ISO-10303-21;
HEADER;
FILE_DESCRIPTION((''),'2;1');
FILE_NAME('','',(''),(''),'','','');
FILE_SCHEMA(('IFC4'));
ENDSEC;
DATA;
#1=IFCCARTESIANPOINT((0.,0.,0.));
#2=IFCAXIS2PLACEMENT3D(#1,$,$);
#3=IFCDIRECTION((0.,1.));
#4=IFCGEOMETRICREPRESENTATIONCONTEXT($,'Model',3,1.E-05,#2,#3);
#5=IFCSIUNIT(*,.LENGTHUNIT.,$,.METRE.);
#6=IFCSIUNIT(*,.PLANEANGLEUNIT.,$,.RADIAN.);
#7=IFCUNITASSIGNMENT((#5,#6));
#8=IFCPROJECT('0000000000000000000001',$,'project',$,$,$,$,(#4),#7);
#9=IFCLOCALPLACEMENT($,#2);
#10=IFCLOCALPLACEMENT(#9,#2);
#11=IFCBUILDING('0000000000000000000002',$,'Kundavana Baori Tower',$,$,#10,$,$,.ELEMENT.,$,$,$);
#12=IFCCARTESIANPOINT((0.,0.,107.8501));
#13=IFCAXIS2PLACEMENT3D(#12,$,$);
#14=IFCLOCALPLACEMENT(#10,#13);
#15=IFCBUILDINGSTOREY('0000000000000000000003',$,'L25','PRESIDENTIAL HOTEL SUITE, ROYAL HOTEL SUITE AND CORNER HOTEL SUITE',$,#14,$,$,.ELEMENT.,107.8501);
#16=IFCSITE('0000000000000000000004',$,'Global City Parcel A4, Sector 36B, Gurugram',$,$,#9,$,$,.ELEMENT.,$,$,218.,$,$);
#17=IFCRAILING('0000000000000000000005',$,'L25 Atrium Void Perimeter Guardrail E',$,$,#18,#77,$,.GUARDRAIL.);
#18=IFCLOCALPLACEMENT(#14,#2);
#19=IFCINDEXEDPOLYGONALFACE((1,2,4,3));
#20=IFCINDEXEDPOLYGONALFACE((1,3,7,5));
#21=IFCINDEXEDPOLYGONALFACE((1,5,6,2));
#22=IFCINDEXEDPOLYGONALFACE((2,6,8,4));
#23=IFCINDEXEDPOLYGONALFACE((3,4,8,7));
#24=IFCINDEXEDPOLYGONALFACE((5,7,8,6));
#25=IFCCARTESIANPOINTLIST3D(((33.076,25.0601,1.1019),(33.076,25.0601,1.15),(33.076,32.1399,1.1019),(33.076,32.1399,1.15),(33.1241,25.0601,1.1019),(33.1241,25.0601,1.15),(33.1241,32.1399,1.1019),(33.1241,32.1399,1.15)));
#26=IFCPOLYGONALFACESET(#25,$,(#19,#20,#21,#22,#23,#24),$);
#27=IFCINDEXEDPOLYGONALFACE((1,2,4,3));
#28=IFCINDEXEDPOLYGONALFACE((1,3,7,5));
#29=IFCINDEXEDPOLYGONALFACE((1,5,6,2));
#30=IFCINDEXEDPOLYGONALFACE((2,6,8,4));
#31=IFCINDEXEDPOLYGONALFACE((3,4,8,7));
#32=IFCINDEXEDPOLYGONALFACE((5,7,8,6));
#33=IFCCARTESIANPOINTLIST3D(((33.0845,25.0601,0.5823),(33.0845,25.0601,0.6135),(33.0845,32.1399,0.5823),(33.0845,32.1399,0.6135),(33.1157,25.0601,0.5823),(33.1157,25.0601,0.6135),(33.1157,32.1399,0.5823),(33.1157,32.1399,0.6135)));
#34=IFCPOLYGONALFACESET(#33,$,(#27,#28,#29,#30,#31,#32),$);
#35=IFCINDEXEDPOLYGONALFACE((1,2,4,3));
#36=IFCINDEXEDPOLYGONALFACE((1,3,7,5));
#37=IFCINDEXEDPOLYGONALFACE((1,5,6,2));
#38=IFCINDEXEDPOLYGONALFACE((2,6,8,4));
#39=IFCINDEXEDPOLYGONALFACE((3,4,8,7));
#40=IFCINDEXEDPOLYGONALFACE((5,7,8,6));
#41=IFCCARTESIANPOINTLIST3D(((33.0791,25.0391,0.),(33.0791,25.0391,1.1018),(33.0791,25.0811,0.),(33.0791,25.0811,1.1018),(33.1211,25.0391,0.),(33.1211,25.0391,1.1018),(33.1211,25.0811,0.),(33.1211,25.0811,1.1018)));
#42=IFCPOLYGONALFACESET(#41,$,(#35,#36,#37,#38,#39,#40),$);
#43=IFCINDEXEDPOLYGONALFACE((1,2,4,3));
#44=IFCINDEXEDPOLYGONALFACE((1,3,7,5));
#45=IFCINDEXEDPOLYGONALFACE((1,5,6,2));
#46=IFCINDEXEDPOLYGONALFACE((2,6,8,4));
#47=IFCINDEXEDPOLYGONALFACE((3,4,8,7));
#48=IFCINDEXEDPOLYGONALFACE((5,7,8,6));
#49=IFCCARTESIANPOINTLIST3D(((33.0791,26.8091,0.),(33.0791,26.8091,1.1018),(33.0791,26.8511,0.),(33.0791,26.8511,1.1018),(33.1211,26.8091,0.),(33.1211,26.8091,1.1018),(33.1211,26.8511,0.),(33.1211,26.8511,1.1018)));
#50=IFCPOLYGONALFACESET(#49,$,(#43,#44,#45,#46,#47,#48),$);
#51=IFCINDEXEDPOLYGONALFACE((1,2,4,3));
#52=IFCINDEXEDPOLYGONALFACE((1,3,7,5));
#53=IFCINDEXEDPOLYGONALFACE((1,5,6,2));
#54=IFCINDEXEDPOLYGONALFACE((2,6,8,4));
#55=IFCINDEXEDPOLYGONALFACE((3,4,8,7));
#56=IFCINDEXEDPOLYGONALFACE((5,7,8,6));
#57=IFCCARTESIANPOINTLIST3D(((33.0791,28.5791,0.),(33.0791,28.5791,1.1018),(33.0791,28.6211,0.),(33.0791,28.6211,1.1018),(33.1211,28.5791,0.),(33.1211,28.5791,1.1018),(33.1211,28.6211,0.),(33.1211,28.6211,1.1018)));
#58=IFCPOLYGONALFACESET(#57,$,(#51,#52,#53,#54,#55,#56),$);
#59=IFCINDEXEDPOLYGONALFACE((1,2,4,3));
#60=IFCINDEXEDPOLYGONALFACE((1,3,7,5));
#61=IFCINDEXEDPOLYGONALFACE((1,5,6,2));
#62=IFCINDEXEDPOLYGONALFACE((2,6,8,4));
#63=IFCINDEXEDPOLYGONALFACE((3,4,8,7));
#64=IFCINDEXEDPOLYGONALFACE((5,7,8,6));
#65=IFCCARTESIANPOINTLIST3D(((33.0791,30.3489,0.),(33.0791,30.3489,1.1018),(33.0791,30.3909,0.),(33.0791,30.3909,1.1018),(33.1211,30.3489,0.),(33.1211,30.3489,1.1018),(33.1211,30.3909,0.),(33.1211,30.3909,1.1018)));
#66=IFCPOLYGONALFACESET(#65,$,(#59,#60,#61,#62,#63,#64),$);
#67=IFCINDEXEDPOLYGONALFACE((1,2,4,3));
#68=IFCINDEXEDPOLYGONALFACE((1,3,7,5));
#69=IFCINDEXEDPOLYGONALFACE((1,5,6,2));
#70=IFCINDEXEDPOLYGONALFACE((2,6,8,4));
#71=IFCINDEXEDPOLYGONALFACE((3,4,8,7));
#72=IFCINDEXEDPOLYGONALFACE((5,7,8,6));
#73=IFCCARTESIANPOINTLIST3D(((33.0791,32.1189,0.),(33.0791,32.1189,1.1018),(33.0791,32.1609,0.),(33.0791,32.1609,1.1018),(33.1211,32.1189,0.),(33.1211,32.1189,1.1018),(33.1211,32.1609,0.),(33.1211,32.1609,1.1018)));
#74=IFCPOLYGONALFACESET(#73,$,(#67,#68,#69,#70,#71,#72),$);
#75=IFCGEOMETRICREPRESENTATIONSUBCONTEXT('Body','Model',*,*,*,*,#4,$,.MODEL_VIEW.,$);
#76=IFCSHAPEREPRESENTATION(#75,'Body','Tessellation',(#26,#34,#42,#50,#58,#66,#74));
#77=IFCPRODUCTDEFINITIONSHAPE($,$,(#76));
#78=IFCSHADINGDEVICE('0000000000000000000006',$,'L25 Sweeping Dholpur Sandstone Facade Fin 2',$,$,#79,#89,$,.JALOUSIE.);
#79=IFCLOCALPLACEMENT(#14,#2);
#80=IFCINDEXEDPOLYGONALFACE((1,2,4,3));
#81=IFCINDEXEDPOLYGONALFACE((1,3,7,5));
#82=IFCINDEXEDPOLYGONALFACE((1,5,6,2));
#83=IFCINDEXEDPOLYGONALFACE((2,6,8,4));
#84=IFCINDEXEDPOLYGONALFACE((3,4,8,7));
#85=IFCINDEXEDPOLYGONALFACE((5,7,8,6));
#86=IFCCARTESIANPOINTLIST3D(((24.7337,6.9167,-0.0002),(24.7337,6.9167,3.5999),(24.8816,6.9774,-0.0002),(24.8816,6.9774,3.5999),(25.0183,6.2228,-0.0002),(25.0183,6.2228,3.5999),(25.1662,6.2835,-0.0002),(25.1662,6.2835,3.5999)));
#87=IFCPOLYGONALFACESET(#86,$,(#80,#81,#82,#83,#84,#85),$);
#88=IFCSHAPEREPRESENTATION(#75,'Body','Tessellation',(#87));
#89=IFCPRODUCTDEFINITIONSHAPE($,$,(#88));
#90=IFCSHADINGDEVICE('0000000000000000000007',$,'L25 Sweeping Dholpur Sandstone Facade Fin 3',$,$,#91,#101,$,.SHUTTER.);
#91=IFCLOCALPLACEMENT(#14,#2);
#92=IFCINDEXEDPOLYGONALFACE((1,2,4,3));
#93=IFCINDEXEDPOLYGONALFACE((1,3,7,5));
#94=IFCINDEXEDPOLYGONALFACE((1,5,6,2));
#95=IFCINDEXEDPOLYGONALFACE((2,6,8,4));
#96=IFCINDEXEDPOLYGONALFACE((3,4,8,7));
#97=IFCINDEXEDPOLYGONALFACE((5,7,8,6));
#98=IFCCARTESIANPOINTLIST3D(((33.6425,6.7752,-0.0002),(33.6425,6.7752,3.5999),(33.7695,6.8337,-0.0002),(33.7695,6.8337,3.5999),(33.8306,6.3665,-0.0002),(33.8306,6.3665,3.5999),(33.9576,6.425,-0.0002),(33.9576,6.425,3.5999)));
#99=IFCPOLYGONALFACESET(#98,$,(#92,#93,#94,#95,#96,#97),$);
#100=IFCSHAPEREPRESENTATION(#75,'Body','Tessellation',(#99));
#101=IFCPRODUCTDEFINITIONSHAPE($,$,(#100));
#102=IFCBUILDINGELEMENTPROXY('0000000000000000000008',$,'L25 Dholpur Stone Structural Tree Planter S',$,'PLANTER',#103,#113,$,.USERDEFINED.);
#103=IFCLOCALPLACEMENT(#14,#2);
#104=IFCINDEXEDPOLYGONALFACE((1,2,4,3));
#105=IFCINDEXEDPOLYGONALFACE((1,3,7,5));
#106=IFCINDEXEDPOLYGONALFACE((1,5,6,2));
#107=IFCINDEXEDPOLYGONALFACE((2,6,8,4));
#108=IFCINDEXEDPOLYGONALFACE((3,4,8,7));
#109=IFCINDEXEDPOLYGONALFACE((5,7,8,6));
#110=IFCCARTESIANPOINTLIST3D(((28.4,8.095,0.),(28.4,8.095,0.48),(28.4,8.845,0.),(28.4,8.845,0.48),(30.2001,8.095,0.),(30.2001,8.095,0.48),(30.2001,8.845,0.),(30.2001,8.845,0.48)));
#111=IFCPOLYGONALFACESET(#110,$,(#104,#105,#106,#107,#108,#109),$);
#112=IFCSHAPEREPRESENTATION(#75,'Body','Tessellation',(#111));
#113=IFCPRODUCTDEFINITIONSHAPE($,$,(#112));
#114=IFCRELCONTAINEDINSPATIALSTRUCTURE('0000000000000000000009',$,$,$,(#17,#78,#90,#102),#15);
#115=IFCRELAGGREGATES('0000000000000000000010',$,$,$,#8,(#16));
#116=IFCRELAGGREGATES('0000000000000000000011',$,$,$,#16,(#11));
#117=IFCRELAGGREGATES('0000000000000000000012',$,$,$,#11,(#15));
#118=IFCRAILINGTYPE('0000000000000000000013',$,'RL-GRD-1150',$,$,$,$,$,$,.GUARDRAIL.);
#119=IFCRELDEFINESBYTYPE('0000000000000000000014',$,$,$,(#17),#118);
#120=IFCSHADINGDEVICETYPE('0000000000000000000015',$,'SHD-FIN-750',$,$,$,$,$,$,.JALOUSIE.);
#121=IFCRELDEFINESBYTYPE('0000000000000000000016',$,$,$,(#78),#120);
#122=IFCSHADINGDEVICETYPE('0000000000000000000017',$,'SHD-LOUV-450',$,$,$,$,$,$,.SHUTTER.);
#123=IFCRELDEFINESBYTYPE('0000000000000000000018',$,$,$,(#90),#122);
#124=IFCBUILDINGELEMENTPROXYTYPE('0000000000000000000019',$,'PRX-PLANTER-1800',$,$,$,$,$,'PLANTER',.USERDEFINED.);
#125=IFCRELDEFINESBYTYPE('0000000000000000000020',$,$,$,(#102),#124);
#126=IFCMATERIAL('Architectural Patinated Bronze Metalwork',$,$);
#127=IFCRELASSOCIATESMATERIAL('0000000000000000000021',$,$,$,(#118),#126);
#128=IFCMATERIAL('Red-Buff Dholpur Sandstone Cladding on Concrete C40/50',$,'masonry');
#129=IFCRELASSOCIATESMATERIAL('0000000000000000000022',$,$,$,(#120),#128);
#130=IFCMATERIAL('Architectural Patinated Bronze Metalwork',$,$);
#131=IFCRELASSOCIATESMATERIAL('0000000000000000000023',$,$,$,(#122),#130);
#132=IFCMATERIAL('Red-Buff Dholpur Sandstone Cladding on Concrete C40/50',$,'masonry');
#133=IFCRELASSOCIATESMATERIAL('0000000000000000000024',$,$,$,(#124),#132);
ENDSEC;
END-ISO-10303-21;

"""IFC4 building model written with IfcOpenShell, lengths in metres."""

from ifc_helpers import new_model, si_unit, direction, frame, origin, origin_2d, place, context, subcontext, project, spatial, rectangle, extrude, material, type_object, element, save


model = new_model("IFC4")

# Units and contexts
model_context = context("Model", 3, precision=1e-05, world=origin(), true_north=direction((0.0, 1.0)))
body_context = subcontext(model_context, "Body", "Model", "MODEL_VIEW")
ifc_project = project(units=[si_unit("LENGTHUNIT", "METRE"), si_unit("PLANEANGLEUNIT", "RADIAN")], contexts=[model_context])

# Site, building, storey
site_placement = place(None, origin())
site = spatial("IfcSite", under=ifc_project, at=site_placement, Name="Global City Parcel A4, Sector 36B, Gurugram", CompositionType="ELEMENT", RefElevation=218.0)
building_placement = place(site_placement, origin())
building = spatial("IfcBuilding", under=site, at=building_placement, Name="Kundavana Baori Tower", CompositionType="ELEMENT")
storey_placement = place(building_placement, frame((0.0, 0.0, 107.8501)))
storey = spatial("IfcBuildingStorey", under=building, at=storey_placement, Name="L25", Description="PRESIDENTIAL HOTEL SUITE, ROYAL HOTEL SUITE AND CORNER HOTEL SUITE", CompositionType="ELEMENT", Elevation=107.8501)

# Railing
ifc_material_1 = material(Name="Architectural Patinated Bronze Metalwork")
railing_type = type_object("IfcRailingType", Name="RL-GRD-1150", PredefinedType="GUARDRAIL", material=ifc_material_1)
railing_1_placement = place(storey_placement, frame((33.1001, 25.0601, 0.0)))
element("IfcRailing", 1, at=railing_1_placement, inside=storey, type_object=railing_type, Name="L25 Atrium Void Perimeter Guardrail E", PredefinedType="GUARDRAIL", context=body_context, shape_type="SweptSolid", body=[
    extrude(rectangle(XDim=0.0481, YDim=0.0481, at=origin_2d()), frame((0.0, 0.0, 1.126), z_axis=(0.0, 1.0, 0.0), x_axis=(-1.0, 0.0, 0.0)), (0.0, 0.0, 1.0), 7.0798),
    extrude(rectangle(XDim=0.0312, YDim=0.0312, at=origin_2d()), frame((0.0, 0.0, 0.5979), z_axis=(0.0, 1.0, 0.0), x_axis=(-1.0, 0.0, 0.0)), (0.0, 0.0, 1.0), 7.0798),
    extrude(rectangle(XDim=0.042, YDim=0.042, at=origin_2d()), origin(), (0.0, 0.0, 1.0), 1.1018),
    extrude(rectangle(XDim=0.042, YDim=0.042, at=origin_2d()), frame((0.0, 1.77, 0.0)), (0.0, 0.0, 1.0), 1.1018),
    extrude(rectangle(XDim=0.042, YDim=0.042, at=origin_2d()), frame((0.0, 3.54, 0.0)), (0.0, 0.0, 1.0), 1.1018),
    extrude(rectangle(XDim=0.042, YDim=0.042, at=origin_2d()), frame((0.0, 5.3098, 0.0)), (0.0, 0.0, 1.0), 1.1018),
    extrude(rectangle(XDim=0.042, YDim=0.042, at=origin_2d()), frame((0.0, 7.0798, 0.0)), (0.0, 0.0, 1.0), 1.1018),
])

# Shading devices
ifc_material_2 = material(Name="Red-Buff Dholpur Sandstone Cladding on Concrete C40/50", Category="masonry")
shading_device_type_1 = type_object("IfcShadingDeviceType", Name="SHD-FIN-750", PredefinedType="JALOUSIE", material=ifc_material_2)
shading_device_1_placement = place(storey_placement, frame((24.95, 6.6001, -0.0002), z_axis=(0.0, 0.0, 1.0), x_axis=(0.92521, 0.379456, 0.0)))
element("IfcShadingDevice", 2, at=shading_device_1_placement, inside=storey, type_object=shading_device_type_1, Name="L25 Sweeping Dholpur Sandstone Facade Fin 2", PredefinedType="JALOUSIE", context=body_context, shape_type="SweptSolid", body=[
    extrude(rectangle(XDim=0.1599, YDim=0.75, at=origin_2d()), origin(), (0.0, 0.0, 1.0), 3.6001),
])
ifc_material_3 = material(Name="Architectural Patinated Bronze Metalwork")
shading_device_type_2 = type_object("IfcShadingDeviceType", Name="SHD-LOUV-450", PredefinedType="SHUTTER", material=ifc_material_3)
shading_device_2_placement = place(storey_placement, frame((33.8, 6.6001, -0.0002), z_axis=(0.0, 0.0, 1.0), x_axis=(0.908435, 0.418026, 0.0)))
element("IfcShadingDevice", 3, at=shading_device_2_placement, inside=storey, type_object=shading_device_type_2, Name="L25 Sweeping Dholpur Sandstone Facade Fin 3", PredefinedType="SHUTTER", context=body_context, shape_type="SweptSolid", body=[
    extrude(rectangle(XDim=0.1399, YDim=0.45, at=origin_2d()), origin(), (0.0, 0.0, 1.0), 3.6001),
])

# Building element proxy
ifc_material_4 = material(Name="Red-Buff Dholpur Sandstone Cladding on Concrete C40/50", Category="masonry")
building_element_proxy_type = type_object("IfcBuildingElementProxyType", Name="PRX-PLANTER-1800", ElementType="PLANTER", PredefinedType="USERDEFINED", material=ifc_material_4)
proxy_placement = place(storey_placement, frame((29.3, 8.47, 0.0), z_axis=(0.0, 0.0, 1.0), x_axis=(1.0, 0.0, 0.0)))
element("IfcBuildingElementProxy", 4, at=proxy_placement, inside=storey, type_object=building_element_proxy_type, Name="L25 Dholpur Stone Structural Tree Planter S", ObjectType="PLANTER", PredefinedType="USERDEFINED", context=body_context, shape_type="SweptSolid", body=[
    extrude(rectangle(XDim=1.8, YDim=0.75, at=origin_2d()), origin(), (0.0, 0.0, 1.0), 0.48),
])

save(model, "model.ifc")
